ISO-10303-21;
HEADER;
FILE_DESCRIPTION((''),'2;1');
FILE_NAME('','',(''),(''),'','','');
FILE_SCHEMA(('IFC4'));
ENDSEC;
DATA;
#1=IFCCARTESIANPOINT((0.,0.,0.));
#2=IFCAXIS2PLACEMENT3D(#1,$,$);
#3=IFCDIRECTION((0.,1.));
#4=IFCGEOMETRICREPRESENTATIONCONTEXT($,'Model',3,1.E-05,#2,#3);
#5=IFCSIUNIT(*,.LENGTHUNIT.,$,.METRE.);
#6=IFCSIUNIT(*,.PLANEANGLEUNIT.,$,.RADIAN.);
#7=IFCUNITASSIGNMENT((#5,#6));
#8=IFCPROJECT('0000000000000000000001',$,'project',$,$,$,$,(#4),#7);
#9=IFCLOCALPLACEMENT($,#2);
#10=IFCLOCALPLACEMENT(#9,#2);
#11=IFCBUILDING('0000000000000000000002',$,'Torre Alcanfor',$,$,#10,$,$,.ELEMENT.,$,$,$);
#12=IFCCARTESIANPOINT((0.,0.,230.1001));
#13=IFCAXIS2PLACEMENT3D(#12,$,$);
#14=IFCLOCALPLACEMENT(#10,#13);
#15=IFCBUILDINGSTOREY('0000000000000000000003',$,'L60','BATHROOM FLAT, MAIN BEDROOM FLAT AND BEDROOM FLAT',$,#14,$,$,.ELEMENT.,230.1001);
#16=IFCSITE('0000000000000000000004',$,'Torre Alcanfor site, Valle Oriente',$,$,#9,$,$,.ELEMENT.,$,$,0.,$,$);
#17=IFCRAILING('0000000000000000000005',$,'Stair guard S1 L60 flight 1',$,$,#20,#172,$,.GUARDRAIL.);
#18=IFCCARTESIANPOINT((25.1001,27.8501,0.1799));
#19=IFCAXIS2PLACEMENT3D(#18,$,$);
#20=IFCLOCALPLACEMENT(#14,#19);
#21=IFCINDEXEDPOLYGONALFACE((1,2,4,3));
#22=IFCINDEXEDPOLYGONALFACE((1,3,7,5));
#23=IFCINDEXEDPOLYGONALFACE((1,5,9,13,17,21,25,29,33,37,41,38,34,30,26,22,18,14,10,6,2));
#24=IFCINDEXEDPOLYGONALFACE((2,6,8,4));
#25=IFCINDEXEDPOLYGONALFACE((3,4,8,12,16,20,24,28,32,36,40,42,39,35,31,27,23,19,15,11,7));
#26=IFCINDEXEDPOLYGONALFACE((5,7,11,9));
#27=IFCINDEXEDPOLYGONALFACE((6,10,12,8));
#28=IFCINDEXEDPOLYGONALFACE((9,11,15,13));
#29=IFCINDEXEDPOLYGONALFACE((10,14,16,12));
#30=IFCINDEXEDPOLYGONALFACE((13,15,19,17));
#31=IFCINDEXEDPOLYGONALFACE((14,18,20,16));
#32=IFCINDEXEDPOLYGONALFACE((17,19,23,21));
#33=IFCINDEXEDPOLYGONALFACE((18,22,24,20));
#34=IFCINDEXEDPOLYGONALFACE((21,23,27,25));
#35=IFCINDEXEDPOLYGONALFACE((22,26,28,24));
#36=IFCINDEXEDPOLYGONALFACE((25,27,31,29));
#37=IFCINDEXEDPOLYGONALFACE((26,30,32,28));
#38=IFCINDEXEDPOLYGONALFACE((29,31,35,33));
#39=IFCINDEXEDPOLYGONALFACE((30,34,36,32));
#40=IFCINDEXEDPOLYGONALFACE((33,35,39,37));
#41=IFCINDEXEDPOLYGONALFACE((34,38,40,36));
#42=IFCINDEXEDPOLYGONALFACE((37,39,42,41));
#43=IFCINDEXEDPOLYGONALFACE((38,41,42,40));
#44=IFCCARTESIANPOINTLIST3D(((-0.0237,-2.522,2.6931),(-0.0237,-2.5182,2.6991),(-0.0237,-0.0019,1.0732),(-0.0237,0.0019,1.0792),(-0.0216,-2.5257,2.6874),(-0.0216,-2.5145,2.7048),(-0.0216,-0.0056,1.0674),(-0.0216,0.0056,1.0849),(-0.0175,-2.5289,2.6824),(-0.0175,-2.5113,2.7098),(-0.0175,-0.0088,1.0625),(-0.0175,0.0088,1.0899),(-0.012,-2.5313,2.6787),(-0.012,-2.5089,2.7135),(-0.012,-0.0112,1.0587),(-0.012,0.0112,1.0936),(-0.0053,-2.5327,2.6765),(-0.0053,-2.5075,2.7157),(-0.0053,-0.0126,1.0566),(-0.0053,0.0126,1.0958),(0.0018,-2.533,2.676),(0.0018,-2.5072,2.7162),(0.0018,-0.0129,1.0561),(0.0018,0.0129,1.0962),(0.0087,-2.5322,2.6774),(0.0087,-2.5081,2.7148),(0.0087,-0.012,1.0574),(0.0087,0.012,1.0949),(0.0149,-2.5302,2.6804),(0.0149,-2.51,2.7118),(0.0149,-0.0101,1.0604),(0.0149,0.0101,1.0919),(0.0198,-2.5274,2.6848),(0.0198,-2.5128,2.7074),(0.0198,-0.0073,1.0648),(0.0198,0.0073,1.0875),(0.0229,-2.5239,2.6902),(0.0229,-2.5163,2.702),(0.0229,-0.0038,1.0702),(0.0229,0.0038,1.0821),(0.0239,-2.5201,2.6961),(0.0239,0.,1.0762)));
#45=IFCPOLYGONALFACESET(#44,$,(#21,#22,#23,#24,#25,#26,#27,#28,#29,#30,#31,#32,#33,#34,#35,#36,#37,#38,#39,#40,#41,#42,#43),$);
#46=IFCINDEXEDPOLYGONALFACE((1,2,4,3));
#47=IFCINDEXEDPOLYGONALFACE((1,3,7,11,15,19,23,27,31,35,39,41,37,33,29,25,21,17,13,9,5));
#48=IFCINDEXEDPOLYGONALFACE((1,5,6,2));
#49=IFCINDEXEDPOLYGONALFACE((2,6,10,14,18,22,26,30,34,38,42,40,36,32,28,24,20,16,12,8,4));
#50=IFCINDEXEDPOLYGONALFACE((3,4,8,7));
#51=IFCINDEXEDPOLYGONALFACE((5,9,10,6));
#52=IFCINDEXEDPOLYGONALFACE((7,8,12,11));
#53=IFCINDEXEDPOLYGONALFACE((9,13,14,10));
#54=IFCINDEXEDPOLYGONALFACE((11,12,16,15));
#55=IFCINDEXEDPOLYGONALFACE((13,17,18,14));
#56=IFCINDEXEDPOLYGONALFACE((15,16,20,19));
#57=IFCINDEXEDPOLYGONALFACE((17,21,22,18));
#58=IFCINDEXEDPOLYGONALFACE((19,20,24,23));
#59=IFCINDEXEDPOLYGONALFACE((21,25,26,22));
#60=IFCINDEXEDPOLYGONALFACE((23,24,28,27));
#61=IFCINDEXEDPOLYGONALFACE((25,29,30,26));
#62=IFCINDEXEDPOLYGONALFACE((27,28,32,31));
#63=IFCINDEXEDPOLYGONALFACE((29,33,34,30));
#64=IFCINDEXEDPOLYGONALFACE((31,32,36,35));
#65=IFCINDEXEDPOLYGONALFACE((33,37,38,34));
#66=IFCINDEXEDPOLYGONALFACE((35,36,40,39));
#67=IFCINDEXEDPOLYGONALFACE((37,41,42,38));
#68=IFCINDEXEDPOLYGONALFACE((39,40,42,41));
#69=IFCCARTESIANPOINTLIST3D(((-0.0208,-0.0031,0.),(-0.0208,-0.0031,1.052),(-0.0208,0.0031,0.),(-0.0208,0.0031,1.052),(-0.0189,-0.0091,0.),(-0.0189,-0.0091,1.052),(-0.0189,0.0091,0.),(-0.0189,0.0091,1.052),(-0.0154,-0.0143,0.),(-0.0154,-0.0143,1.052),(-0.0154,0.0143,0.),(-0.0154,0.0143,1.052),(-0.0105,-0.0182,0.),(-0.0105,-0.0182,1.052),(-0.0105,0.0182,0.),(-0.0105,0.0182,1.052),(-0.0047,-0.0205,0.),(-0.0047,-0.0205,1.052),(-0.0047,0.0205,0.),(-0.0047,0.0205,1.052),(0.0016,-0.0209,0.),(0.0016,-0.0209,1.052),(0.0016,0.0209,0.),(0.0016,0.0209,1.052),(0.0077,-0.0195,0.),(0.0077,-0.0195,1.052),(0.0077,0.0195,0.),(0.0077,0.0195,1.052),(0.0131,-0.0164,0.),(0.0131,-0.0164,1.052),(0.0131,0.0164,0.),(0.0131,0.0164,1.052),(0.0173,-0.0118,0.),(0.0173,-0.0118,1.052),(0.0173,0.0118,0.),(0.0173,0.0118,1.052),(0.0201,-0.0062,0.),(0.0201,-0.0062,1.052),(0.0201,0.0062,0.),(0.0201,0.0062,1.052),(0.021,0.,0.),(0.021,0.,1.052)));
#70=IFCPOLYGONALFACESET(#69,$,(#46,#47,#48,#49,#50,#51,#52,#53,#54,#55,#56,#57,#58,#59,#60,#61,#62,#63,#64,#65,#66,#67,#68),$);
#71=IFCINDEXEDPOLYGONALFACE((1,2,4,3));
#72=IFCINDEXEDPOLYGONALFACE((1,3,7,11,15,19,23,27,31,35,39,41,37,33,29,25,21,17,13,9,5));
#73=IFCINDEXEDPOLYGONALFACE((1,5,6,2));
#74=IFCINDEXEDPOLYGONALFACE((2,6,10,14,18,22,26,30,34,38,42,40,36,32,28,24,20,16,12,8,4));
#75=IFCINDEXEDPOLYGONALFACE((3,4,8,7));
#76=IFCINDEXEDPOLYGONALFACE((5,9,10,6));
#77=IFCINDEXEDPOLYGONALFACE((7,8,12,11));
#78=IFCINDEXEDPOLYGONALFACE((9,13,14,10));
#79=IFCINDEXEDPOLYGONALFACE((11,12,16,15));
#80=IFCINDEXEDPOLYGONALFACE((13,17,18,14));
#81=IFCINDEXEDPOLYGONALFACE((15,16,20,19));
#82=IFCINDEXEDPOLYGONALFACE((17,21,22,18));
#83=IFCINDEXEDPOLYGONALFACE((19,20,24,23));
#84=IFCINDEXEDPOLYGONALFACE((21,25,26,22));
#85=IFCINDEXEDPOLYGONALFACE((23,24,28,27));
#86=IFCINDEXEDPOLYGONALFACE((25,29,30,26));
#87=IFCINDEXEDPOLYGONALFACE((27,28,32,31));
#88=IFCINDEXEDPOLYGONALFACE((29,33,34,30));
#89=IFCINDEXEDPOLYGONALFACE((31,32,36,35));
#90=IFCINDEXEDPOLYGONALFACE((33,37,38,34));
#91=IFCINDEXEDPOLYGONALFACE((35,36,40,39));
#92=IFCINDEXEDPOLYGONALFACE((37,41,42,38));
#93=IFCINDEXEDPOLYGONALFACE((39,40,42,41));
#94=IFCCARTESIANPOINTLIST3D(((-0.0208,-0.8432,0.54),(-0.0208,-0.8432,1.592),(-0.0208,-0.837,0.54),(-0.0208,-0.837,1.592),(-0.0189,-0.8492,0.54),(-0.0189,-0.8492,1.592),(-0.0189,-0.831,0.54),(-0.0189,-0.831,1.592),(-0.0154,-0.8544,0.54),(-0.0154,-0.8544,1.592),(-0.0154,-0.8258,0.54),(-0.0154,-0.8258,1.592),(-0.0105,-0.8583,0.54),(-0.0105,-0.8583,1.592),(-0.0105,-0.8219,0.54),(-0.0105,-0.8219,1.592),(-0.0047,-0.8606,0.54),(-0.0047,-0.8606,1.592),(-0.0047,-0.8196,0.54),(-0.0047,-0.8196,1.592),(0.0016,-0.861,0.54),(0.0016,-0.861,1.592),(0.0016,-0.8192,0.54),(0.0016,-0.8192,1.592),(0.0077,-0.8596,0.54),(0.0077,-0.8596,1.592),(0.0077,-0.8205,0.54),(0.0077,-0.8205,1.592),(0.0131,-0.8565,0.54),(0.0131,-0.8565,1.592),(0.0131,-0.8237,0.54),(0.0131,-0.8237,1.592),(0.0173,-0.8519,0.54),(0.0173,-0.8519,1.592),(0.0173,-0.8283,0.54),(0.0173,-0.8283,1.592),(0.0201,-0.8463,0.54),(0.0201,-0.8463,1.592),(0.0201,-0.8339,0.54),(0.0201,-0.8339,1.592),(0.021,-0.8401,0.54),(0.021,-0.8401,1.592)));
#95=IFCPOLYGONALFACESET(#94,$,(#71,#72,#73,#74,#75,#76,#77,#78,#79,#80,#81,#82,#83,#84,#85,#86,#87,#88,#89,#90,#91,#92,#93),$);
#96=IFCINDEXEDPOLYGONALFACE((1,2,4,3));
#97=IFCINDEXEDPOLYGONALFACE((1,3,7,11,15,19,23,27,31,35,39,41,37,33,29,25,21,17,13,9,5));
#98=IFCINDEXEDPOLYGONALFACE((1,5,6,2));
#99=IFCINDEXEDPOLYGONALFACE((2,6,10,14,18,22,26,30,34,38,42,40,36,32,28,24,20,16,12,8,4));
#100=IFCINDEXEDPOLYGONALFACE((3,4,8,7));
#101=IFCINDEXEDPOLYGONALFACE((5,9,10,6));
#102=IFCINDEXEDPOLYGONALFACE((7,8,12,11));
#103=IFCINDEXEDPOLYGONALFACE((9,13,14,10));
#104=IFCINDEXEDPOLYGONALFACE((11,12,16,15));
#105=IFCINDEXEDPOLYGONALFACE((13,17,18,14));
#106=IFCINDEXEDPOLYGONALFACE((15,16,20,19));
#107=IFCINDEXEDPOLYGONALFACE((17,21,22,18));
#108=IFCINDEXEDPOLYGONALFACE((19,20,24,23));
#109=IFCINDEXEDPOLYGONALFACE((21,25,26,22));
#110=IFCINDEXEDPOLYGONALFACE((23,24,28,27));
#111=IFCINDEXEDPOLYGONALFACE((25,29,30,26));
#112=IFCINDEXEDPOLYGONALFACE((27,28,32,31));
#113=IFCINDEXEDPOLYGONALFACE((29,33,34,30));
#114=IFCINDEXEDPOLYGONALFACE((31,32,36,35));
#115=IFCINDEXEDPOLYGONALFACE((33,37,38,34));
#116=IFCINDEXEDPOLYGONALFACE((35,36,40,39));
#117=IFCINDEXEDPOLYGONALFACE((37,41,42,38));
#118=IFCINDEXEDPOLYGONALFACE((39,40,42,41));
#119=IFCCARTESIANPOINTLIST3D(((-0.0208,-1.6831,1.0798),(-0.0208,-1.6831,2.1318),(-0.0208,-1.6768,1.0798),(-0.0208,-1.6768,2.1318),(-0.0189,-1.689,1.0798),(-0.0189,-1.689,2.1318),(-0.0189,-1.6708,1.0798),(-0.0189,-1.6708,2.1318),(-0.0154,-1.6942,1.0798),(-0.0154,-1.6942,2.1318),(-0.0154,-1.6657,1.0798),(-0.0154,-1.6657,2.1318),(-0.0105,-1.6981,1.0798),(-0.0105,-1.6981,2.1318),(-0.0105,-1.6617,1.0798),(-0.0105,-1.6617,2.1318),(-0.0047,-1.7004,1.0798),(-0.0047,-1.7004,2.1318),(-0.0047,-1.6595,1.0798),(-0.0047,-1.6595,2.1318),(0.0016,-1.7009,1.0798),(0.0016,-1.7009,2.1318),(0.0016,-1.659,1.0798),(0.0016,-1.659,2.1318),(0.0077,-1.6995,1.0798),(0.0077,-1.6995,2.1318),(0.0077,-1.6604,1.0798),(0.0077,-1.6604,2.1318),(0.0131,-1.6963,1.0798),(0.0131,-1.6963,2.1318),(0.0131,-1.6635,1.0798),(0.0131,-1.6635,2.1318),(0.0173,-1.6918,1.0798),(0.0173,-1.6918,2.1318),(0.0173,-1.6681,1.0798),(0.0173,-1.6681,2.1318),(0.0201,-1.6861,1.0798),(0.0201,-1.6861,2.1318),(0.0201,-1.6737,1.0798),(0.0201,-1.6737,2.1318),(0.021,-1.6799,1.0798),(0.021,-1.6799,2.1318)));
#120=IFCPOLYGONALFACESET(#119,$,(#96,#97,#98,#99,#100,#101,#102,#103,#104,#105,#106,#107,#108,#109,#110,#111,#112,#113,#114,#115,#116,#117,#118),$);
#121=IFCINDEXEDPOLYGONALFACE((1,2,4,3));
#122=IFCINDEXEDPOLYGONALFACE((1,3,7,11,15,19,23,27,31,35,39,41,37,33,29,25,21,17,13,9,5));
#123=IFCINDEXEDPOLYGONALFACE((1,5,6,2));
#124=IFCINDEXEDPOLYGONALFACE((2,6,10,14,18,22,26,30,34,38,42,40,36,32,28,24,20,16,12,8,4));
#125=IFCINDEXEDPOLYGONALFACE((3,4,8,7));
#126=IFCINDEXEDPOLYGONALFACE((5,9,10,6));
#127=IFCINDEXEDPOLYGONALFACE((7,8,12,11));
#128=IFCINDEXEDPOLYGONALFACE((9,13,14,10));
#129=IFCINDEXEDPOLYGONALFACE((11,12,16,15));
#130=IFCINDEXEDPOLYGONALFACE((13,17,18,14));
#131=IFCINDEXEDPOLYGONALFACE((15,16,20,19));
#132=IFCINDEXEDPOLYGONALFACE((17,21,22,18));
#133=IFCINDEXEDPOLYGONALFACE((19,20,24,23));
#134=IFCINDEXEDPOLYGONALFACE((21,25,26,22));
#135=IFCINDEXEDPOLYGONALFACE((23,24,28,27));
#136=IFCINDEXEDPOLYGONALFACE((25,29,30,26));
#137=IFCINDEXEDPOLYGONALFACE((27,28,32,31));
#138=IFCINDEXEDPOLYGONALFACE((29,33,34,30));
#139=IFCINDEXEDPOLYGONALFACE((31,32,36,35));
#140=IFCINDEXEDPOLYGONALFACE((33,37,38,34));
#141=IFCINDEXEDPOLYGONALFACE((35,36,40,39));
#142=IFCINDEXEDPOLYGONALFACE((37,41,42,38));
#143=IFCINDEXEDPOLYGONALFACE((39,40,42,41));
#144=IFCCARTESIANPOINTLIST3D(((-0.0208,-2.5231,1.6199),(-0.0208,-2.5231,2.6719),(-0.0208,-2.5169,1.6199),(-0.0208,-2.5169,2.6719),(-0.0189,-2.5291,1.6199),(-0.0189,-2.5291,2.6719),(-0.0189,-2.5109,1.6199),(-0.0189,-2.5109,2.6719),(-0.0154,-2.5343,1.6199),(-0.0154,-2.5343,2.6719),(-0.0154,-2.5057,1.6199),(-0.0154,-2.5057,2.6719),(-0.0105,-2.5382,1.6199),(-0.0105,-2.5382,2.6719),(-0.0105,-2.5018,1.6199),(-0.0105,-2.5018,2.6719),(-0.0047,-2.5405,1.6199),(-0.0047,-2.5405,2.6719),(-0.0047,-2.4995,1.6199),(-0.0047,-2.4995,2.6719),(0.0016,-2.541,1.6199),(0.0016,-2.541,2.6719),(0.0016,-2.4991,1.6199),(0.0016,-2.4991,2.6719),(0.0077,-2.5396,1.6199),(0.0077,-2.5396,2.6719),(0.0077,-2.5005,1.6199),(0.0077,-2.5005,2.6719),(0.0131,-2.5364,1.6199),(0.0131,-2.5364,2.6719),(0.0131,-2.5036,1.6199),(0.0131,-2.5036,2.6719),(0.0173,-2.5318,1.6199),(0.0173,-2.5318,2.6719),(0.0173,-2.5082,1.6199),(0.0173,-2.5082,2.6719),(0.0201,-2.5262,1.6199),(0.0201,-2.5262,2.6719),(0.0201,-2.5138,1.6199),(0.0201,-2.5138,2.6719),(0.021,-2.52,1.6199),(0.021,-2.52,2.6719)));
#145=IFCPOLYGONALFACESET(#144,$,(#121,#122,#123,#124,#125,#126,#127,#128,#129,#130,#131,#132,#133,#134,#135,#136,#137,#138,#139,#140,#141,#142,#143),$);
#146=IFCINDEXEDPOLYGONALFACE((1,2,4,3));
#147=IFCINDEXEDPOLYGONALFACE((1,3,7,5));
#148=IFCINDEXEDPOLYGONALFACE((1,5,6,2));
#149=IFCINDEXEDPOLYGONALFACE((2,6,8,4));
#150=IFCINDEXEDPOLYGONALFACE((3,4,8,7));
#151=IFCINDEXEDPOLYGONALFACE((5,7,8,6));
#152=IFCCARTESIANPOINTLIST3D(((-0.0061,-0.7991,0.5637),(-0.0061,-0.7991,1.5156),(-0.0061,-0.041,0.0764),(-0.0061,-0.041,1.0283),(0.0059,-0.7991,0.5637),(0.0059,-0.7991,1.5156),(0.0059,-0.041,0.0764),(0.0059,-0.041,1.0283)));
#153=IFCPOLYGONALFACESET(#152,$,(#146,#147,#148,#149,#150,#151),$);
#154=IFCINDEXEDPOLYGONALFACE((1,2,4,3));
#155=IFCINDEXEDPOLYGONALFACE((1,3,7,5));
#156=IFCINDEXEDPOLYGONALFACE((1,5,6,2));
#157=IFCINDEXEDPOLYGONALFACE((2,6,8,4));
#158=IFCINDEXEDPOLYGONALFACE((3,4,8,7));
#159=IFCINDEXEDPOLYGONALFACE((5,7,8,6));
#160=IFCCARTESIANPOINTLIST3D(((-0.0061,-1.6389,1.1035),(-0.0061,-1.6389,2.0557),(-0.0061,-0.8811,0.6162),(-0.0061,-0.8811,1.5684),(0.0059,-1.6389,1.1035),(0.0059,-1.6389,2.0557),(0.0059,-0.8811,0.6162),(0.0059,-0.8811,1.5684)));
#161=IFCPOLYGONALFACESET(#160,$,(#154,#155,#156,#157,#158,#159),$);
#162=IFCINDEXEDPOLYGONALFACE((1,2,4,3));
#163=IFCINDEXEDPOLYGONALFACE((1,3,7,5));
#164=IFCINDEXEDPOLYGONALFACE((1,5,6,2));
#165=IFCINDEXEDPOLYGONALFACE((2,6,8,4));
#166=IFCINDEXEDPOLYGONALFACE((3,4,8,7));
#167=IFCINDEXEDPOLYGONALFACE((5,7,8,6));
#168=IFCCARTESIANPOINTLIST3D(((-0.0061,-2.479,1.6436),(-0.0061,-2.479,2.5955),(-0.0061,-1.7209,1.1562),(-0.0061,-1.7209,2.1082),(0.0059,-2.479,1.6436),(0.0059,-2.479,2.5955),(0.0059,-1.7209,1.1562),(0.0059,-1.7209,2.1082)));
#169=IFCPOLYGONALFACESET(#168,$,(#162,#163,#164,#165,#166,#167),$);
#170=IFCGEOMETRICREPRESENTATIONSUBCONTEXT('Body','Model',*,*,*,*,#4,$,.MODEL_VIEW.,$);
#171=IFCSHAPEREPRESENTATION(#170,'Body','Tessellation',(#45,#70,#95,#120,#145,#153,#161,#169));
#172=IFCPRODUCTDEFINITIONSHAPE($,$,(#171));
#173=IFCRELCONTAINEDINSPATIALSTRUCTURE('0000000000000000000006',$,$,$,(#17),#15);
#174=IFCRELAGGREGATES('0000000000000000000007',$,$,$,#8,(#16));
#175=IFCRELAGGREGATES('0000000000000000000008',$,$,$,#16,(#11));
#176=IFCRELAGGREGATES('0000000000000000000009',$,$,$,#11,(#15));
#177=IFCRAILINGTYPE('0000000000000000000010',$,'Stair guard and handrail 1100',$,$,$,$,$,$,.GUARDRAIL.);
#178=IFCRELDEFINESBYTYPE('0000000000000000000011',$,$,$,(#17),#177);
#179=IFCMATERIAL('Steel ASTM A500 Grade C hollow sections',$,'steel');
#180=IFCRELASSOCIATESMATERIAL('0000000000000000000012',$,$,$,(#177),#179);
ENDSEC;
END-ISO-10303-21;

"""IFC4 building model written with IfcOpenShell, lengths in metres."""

from ifc_helpers import new_model, si_unit, direction, frame, origin, origin_2d, place, context, subcontext, project, spatial, polyline, circle, outline, extrude, material, type_object, element, save


model = new_model("IFC4")

# Units and contexts
model_context = context("Model", 3, precision=1e-05, world=origin(), true_north=direction((0.0, 1.0)))
body_context = subcontext(model_context, "Body", "Model", "MODEL_VIEW")
ifc_project = project(units=[si_unit("LENGTHUNIT", "METRE"), si_unit("PLANEANGLEUNIT", "RADIAN")], contexts=[model_context])

# Site, building, storey
site_placement = place(None, origin())
site = spatial("IfcSite", under=ifc_project, at=site_placement, Name="Torre Alcanfor site, Valle Oriente", CompositionType="ELEMENT", RefElevation=0.0)
building_placement = place(site_placement, origin())
building = spatial("IfcBuilding", under=site, at=building_placement, Name="Torre Alcanfor", CompositionType="ELEMENT")
storey_placement = place(building_placement, frame((0.0, 0.0, 230.1001)))
storey = spatial("IfcBuildingStorey", under=building, at=storey_placement, Name="L60", Description="BATHROOM FLAT, MAIN BEDROOM FLAT AND BEDROOM FLAT", CompositionType="ELEMENT", Elevation=230.1001)

# Railing
ifc_material_1 = material(Name="Steel ASTM A500 Grade C hollow sections", Category="steel")
railing_type = type_object("IfcRailingType", Name="Stair guard and handrail 1100", PredefinedType="GUARDRAIL", material=ifc_material_1)
railing_1_placement = place(storey_placement, frame((25.1001, 27.8501, 0.1799)))
element("IfcRailing", 1, at=railing_1_placement, inside=storey, type_object=railing_type, Name="Stair guard S1 L60 flight 1", PredefinedType="GUARDRAIL", context=body_context, shape_type="SweptSolid", body=[
    extrude(circle(Radius=0.0239, at=origin_2d()), frame((0.0, 0.0, 1.0762), z_axis=(0.0, -0.8412, 0.540725), x_axis=(1.0, 0.0, 0.0)), (0.0, 0.0, 1.0), 2.9958),
    extrude(circle(Radius=0.021, at=origin_2d()), origin(), (0.0, 0.0, 1.0), 1.052),
    extrude(circle(Radius=0.021, at=origin_2d()), frame((0.0, -0.8401, 0.54)), (0.0, 0.0, 1.0), 1.052),
    extrude(circle(Radius=0.021, at=origin_2d()), frame((0.0, -1.6799, 1.0798)), (0.0, 0.0, 1.0), 1.052),
    extrude(circle(Radius=0.021, at=origin_2d()), frame((0.0, -2.52, 1.6199)), (0.0, 0.0, 1.0), 1.052),
    extrude(outline(polyline([(0.041, 0.0764), (0.7991, 0.5637), (0.7991, 1.5156), (0.041, 1.0283), (0.041, 0.0764)])), frame((0.0059, 0.0, 0.0), z_axis=(-1.0, 0.0, 0.0), x_axis=(0.0, -1.0, 0.0)), (0.0, 0.0, 1.0), 0.012),
    extrude(outline(polyline([(0.8811, 0.6162), (1.6389, 1.1035), (1.6389, 2.0557), (0.8811, 1.5684), (0.8811, 0.6162)])), frame((0.0059, 0.0, 0.0), z_axis=(-1.0, 0.0, 0.0), x_axis=(0.0, -1.0, 0.0)), (0.0, 0.0, 1.0), 0.012),
    extrude(outline(polyline([(1.7209, 1.1562), (2.479, 1.6436), (2.479, 2.5955), (1.7209, 2.1082), (1.7209, 1.1562)])), frame((0.0059, 0.0, 0.0), z_axis=(-1.0, 0.0, 0.0), x_axis=(0.0, -1.0, 0.0)), (0.0, 0.0, 1.0), 0.012),
])

save(model, "model.ifc")
